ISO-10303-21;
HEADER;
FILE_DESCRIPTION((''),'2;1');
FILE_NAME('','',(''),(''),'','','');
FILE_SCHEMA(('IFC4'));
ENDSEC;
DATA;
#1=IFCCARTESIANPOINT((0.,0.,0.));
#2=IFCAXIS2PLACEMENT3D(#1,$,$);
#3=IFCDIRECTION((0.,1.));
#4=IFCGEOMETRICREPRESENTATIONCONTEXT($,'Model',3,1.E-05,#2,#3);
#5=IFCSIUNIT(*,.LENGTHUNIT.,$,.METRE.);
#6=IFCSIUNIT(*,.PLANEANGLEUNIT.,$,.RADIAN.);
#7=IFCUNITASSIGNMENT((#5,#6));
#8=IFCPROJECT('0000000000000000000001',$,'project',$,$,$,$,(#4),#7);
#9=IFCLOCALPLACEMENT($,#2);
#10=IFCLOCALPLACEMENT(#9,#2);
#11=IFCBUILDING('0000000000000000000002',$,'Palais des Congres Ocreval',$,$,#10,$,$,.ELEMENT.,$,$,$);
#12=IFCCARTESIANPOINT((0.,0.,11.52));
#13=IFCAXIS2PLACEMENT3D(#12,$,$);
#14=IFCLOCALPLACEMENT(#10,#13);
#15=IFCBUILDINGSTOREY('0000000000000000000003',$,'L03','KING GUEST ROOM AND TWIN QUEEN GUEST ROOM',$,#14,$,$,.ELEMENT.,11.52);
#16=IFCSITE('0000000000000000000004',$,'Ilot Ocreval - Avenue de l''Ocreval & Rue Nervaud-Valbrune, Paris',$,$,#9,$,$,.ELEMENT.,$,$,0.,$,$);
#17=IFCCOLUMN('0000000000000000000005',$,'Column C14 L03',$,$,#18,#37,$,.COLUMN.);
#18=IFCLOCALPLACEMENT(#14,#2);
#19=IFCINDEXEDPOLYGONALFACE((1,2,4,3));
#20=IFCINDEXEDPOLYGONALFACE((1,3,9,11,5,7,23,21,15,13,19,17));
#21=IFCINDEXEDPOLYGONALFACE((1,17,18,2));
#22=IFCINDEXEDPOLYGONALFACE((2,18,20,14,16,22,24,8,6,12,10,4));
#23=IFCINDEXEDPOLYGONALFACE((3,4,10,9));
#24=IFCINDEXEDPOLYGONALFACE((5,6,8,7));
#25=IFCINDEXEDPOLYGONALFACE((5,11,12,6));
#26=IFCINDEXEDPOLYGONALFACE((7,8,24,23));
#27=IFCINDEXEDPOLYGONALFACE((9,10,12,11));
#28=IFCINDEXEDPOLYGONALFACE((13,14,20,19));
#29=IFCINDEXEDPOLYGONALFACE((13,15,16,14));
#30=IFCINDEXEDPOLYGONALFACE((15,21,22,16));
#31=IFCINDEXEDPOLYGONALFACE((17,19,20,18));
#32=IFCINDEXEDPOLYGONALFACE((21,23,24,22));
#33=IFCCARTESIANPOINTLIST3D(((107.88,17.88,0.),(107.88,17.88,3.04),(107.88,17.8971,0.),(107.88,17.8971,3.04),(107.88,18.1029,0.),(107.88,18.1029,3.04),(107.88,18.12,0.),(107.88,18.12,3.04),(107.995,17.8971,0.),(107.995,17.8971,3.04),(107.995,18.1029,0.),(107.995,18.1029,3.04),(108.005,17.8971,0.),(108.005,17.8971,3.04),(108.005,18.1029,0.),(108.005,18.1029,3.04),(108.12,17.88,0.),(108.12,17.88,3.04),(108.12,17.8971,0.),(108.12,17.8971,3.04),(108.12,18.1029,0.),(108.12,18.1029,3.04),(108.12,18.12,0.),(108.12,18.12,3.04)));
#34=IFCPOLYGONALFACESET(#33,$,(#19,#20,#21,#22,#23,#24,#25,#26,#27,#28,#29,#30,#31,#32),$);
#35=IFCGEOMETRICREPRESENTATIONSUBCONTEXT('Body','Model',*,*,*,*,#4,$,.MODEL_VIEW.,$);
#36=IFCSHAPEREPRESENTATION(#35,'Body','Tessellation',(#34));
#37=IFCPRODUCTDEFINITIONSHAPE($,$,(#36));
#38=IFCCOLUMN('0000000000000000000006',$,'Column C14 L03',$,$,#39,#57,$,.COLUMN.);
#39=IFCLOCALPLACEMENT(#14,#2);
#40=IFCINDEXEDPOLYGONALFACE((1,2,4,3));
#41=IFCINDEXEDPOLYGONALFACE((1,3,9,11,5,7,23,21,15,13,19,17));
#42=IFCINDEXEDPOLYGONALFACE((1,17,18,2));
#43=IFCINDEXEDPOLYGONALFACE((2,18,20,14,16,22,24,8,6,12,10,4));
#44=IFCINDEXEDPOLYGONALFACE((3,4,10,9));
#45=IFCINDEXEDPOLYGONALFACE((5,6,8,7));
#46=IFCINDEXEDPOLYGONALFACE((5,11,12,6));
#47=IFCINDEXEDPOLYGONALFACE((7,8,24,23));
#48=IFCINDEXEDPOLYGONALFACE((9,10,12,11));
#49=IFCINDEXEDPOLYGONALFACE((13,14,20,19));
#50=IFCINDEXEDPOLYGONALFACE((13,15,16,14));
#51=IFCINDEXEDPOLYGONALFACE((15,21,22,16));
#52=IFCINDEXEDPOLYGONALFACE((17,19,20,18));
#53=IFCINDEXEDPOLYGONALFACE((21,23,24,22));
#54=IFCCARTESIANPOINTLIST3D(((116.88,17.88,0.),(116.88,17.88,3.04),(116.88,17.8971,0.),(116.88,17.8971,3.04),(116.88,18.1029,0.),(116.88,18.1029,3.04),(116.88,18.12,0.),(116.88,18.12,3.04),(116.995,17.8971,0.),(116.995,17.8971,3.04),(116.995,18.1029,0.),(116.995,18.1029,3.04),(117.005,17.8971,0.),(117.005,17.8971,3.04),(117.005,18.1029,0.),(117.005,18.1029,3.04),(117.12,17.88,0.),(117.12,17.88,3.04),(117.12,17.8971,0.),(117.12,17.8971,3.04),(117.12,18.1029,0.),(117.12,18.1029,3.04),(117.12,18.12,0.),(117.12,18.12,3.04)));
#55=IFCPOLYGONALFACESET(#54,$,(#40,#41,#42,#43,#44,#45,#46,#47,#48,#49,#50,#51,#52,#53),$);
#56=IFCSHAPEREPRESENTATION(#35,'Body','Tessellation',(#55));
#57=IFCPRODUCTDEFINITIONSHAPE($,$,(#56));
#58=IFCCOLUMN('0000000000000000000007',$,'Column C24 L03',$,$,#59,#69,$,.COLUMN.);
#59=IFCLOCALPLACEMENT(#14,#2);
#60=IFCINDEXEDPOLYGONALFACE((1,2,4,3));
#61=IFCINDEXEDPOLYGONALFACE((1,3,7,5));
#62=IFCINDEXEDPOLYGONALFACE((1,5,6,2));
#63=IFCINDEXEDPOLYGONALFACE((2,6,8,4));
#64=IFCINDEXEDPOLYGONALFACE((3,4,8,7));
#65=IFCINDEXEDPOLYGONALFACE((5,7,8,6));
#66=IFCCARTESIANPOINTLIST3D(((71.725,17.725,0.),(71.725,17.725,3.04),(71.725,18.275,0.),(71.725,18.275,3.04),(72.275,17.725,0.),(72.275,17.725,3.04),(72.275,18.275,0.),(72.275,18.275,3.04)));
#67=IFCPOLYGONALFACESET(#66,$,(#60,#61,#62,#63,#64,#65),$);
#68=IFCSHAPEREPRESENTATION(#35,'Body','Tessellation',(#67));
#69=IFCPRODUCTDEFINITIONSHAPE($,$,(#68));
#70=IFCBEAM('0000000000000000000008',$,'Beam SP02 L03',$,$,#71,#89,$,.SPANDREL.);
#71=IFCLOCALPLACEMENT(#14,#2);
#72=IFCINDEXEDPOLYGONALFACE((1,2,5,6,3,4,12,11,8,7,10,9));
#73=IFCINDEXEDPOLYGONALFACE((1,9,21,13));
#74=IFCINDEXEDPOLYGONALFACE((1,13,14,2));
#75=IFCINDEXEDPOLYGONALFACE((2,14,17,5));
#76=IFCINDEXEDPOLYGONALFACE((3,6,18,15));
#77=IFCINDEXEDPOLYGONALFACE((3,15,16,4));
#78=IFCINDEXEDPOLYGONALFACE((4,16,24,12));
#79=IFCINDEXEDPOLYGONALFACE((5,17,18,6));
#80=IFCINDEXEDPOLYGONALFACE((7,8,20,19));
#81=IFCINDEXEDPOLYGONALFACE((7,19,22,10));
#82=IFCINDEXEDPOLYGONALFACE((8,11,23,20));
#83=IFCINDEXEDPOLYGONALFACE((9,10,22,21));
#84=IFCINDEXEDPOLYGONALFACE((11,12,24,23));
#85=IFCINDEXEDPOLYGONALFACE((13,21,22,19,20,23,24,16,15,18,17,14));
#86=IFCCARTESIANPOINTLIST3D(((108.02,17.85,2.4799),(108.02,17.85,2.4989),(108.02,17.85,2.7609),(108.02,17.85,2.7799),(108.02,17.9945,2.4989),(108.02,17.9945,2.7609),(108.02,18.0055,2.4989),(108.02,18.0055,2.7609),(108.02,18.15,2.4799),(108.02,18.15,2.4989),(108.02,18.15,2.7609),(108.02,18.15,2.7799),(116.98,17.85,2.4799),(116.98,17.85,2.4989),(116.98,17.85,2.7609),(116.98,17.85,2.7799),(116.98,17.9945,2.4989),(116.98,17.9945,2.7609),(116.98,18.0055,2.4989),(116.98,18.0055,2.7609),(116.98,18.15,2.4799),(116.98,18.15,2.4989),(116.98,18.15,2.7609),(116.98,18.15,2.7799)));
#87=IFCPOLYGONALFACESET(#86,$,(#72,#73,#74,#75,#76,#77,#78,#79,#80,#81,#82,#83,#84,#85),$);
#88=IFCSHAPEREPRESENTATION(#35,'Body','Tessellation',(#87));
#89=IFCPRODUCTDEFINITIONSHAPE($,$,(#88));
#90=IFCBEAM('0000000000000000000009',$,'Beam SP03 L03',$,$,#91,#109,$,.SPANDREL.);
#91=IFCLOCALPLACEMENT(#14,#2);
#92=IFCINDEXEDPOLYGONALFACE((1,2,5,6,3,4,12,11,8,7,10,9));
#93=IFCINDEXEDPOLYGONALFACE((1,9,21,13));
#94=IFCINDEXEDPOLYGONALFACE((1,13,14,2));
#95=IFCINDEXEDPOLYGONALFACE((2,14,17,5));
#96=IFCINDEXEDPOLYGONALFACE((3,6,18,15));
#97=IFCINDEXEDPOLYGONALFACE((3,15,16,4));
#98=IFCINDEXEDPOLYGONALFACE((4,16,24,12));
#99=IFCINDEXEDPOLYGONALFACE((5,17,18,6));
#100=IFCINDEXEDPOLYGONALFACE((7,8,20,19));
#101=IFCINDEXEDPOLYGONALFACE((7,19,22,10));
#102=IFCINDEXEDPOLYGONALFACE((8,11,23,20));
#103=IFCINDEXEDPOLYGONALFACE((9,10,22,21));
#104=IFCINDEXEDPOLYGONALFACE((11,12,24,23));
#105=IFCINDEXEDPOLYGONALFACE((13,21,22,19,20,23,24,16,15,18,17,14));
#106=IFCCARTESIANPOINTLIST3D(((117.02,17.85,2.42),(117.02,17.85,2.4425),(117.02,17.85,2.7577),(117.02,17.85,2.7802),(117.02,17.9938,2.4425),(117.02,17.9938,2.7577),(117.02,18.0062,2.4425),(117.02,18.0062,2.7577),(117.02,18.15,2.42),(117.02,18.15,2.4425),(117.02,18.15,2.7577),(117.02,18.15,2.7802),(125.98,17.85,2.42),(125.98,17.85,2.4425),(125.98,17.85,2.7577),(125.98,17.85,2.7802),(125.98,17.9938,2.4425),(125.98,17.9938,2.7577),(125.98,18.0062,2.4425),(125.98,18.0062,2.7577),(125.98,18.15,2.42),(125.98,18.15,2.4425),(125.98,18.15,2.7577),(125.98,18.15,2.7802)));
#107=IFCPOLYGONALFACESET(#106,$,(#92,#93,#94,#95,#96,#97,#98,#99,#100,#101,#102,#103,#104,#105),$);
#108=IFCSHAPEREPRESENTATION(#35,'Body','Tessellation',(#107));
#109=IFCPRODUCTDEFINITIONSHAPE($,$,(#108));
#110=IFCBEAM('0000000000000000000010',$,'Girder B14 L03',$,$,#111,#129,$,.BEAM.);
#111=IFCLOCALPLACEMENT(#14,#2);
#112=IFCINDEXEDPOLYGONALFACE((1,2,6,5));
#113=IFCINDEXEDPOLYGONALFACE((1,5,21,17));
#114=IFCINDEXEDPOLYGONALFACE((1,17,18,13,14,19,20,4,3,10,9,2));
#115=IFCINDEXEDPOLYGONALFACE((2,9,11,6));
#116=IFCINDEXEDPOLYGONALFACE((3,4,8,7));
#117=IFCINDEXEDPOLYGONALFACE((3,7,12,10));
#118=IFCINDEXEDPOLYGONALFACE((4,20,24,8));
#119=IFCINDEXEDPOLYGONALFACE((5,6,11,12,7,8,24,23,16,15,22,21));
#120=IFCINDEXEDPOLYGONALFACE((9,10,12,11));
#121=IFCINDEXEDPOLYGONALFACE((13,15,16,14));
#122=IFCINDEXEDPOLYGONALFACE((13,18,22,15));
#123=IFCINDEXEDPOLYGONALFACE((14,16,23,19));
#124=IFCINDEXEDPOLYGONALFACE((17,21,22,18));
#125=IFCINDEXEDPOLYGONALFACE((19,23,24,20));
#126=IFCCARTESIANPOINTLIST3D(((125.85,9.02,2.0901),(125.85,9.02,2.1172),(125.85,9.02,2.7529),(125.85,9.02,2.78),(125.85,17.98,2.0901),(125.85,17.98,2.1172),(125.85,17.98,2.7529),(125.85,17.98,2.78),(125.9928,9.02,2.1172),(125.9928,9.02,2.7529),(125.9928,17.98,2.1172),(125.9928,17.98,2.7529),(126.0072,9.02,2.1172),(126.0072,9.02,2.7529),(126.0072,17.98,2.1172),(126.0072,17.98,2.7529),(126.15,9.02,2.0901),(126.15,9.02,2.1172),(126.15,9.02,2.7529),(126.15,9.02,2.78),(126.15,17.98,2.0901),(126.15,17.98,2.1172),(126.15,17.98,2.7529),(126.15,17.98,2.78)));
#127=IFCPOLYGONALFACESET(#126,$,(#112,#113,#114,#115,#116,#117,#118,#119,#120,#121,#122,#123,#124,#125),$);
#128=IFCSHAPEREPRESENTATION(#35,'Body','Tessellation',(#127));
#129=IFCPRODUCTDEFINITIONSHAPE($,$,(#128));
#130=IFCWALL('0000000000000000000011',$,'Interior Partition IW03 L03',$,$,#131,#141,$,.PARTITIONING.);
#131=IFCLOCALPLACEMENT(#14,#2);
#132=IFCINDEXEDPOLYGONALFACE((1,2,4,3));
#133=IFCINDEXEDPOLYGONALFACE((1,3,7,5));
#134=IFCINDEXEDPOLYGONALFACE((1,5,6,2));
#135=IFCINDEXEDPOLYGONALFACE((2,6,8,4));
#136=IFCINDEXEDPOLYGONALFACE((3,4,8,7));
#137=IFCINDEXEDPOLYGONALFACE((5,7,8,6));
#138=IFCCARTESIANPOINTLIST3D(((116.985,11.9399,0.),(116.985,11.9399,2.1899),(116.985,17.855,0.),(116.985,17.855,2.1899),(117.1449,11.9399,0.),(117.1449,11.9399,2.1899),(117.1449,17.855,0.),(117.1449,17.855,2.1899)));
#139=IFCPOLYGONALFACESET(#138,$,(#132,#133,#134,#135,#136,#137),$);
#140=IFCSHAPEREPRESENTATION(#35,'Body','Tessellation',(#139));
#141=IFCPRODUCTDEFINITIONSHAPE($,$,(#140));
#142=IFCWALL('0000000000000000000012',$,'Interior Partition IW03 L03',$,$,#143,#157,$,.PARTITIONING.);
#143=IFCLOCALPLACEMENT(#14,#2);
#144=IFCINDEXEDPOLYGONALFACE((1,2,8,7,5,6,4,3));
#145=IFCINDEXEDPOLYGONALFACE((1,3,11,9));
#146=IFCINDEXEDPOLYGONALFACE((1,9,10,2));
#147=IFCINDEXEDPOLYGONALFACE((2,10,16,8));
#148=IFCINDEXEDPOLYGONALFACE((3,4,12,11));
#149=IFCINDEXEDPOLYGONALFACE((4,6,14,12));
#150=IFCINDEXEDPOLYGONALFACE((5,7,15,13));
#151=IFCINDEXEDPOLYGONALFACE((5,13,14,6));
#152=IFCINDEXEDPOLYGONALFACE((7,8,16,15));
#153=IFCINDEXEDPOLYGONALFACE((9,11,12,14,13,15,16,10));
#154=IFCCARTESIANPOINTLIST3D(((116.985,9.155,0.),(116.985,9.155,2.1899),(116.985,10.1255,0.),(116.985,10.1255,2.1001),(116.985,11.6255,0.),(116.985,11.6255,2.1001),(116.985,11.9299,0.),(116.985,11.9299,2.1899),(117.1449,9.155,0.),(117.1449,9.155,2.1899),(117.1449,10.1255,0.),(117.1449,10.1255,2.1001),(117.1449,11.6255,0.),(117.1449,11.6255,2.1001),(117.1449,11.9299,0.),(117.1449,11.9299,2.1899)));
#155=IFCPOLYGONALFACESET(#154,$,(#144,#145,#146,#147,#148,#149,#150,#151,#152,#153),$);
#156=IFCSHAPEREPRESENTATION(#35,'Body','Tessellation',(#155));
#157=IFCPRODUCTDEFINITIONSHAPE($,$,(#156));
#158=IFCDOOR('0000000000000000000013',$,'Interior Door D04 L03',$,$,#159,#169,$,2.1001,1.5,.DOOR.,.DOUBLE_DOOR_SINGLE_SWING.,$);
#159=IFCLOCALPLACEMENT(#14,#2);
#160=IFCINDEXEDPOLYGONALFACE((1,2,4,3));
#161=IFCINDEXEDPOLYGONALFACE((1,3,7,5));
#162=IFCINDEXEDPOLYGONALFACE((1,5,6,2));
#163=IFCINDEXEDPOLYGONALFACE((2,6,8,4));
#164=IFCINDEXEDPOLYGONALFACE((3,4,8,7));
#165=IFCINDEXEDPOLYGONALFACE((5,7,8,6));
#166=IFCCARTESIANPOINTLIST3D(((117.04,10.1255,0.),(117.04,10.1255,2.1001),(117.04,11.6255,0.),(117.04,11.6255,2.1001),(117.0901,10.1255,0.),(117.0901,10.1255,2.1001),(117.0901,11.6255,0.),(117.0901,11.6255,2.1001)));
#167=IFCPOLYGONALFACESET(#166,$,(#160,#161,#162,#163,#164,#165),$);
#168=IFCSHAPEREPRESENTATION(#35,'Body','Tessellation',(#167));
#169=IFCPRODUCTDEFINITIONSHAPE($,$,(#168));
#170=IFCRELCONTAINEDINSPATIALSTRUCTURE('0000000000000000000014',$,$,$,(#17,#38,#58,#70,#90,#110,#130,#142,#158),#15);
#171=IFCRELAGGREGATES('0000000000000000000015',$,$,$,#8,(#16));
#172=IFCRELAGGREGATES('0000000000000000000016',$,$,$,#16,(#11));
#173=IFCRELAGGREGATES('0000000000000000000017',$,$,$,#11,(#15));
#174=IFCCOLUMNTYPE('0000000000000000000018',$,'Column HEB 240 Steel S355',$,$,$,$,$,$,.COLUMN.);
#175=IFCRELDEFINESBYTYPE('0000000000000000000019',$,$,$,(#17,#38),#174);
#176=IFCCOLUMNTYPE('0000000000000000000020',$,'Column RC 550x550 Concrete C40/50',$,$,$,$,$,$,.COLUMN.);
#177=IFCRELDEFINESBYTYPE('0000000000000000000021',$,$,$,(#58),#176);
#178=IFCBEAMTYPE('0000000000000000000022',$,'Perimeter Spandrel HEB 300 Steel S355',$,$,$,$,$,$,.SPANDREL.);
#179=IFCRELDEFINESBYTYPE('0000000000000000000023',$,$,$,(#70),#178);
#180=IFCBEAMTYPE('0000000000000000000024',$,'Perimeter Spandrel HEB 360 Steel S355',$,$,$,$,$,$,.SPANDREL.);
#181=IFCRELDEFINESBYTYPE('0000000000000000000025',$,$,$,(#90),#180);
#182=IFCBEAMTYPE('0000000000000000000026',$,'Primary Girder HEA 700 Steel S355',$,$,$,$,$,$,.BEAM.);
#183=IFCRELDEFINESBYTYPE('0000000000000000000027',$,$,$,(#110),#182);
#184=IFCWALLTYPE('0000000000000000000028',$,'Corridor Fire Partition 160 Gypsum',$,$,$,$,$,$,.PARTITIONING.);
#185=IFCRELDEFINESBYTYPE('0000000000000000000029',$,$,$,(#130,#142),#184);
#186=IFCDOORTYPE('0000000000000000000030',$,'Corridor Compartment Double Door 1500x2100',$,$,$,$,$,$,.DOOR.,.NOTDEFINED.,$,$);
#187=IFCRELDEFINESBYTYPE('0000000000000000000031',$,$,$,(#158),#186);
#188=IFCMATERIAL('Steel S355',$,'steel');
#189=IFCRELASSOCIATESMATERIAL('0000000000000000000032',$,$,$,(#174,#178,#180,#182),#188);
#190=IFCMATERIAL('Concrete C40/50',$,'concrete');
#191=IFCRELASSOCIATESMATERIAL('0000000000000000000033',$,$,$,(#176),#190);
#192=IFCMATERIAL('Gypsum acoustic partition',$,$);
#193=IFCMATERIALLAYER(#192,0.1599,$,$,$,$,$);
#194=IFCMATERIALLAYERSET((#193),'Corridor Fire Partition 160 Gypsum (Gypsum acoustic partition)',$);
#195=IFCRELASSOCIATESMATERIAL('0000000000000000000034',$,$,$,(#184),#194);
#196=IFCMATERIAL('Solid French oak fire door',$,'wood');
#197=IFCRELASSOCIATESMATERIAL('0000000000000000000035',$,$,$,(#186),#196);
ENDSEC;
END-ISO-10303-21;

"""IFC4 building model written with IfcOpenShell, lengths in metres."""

from ifc_helpers import new_model, si_unit, direction, frame, frame_2d, origin, origin_2d, place, context, subcontext, project, spatial, rectangle, i_section, extrude, material, layer, layer_set, material_profile, profile_set, type_object, element, fill, save


model = new_model("IFC4")

# Units and contexts
model_context = context("Model", 3, precision=1e-05, world=origin(), true_north=direction((0.0, 1.0)))
body_context = subcontext(model_context, "Body", "Model", "MODEL_VIEW")
ifc_project = project(units=[si_unit("LENGTHUNIT", "METRE"), si_unit("PLANEANGLEUNIT", "RADIAN")], contexts=[model_context])

# Site, building, storey
site_placement = place(None, origin())
site = spatial("IfcSite", under=ifc_project, at=site_placement, Name="Ilot Ocreval - Avenue de l'Ocreval & Rue Nervaud-Valbrune, Paris", CompositionType="ELEMENT", RefElevation=0.0)
building_placement = place(site_placement, origin())
building = spatial("IfcBuilding", under=site, at=building_placement, Name="Palais des Congres Ocreval", CompositionType="ELEMENT")
storey_placement = place(building_placement, frame((0.0, 0.0, 11.52)))
storey = spatial("IfcBuildingStorey", under=building, at=storey_placement, Name="L03", Description="KING GUEST ROOM AND TWIN QUEEN GUEST ROOM", CompositionType="ELEMENT", Elevation=11.52)

# Columns
ifc_material_1 = material(Name="Steel S355", Category="steel")
ifc_material_profile_1 = material_profile(ifc_material_1, i_section(OverallWidth=0.24, OverallDepth=0.24, WebThickness=0.01, FlangeThickness=0.0171, at=origin_2d()), Name="HEB 240")
ifc_profile_set_1 = profile_set([ifc_material_profile_1], Name="Steel S355")
column_type_1 = type_object("IfcColumnType", Name="Column HEB 240 Steel S355", PredefinedType="COLUMN", material=ifc_profile_set_1)
for number, where, z_axis, x_axis, name in (
    (1, (108.0, 18.0, 0.0), (0.0, 0.0, 1.0), (1.0, 0.0, 0.0), "Column C14 L03"),
    (2, (117.0, 18.0, 0.0), (0.0, 0.0, 1.0), (1.0, 0.0, 0.0), "Column C14 L03"),
):
    element("IfcColumn", number, at=place(storey_placement, frame(where, z_axis=z_axis, x_axis=x_axis)), inside=storey, type_object=column_type_1, Name=name, PredefinedType="COLUMN", context=body_context, shape_type="SweptSolid", body=[
        extrude(i_section(OverallWidth=0.24, OverallDepth=0.24, WebThickness=0.01, FlangeThickness=0.0171, at=origin_2d()), origin(), (0.0, 0.0, 1.0), 3.04),
    ])
ifc_material_2 = material(Name="Concrete C40/50", Category="concrete")
ifc_material_profile_2 = material_profile(ifc_material_2, rectangle(XDim=0.55, YDim=0.55, at=origin_2d()), Name="RC 550x550")
ifc_profile_set_2 = profile_set([ifc_material_profile_2], Name="Concrete C40/50")
column_type_2 = type_object("IfcColumnType", Name="Column RC 550x550 Concrete C40/50", PredefinedType="COLUMN", material=ifc_profile_set_2)
column_placement = place(storey_placement, frame((72.0, 18.0, 0.0), z_axis=(0.0, 0.0, 1.0), x_axis=(1.0, 0.0, 0.0)))
element("IfcColumn", 3, at=column_placement, inside=storey, type_object=column_type_2, Name="Column C24 L03", PredefinedType="COLUMN", context=body_context, shape_type="SweptSolid", body=[
    extrude(rectangle(XDim=0.55, YDim=0.55, at=origin_2d()), origin(), (0.0, 0.0, 1.0), 3.04),
])

# Beams
ifc_material_profile_3 = material_profile(ifc_material_1, i_section(OverallWidth=0.3, OverallDepth=0.3, WebThickness=0.011, FlangeThickness=0.019, at=origin_2d()), Name="HEB 300")
ifc_profile_set_3 = profile_set([ifc_material_profile_3], Name="Steel S355")
beam_type_1 = type_object("IfcBeamType", Name="Perimeter Spandrel HEB 300 Steel S355", PredefinedType="SPANDREL", material=ifc_profile_set_3)
beam_1_placement = place(storey_placement, frame((108.02, 18.0, 2.6299), z_axis=(1.0, 0.0, 0.0), x_axis=(0.0, 1.0, 0.0)))
element("IfcBeam", 4, at=beam_1_placement, inside=storey, type_object=beam_type_1, Name="Beam SP02 L03", PredefinedType="SPANDREL", context=body_context, shape_type="SweptSolid", body=[
    extrude(i_section(OverallWidth=0.3, OverallDepth=0.3, WebThickness=0.011, FlangeThickness=0.019, at=origin_2d()), origin(), (0.0, 0.0, 1.0), 8.96),
])
ifc_material_profile_4 = material_profile(ifc_material_1, i_section(OverallWidth=0.3, OverallDepth=0.3601, WebThickness=0.0125, FlangeThickness=0.0225, at=origin_2d()), Name="HEB 360")
ifc_profile_set_4 = profile_set([ifc_material_profile_4], Name="Steel S355")
beam_type_2 = type_object("IfcBeamType", Name="Perimeter Spandrel HEB 360 Steel S355", PredefinedType="SPANDREL", material=ifc_profile_set_4)
beam_2_placement = place(storey_placement, frame((117.02, 18.0, 2.6001), z_axis=(1.0, 0.0, 0.0), x_axis=(0.0, 1.0, 0.0)))
element("IfcBeam", 5, at=beam_2_placement, inside=storey, type_object=beam_type_2, Name="Beam SP03 L03", PredefinedType="SPANDREL", context=body_context, shape_type="SweptSolid", body=[
    extrude(i_section(OverallWidth=0.3, OverallDepth=0.3601, WebThickness=0.0125, FlangeThickness=0.0225, at=origin_2d()), origin(), (0.0, 0.0, 1.0), 8.96),
])
ifc_material_profile_5 = material_profile(ifc_material_1, i_section(OverallWidth=0.3, OverallDepth=0.6899, WebThickness=0.0144, FlangeThickness=0.0271, at=origin_2d()), Name="HEA 700")
ifc_profile_set_5 = profile_set([ifc_material_profile_5], Name="Steel S355")
beam_type_3 = type_object("IfcBeamType", Name="Primary Girder HEA 700 Steel S355", PredefinedType="BEAM", material=ifc_profile_set_5)
beam_3_placement = place(storey_placement, frame((126.0, 9.02, 2.4351), z_axis=(0.0, 1.0, 0.0), x_axis=(-1.0, 0.0, 0.0)))
element("IfcBeam", 6, at=beam_3_placement, inside=storey, type_object=beam_type_3, Name="Girder B14 L03", PredefinedType="BEAM", context=body_context, shape_type="SweptSolid", body=[
    extrude(i_section(OverallWidth=0.3, OverallDepth=0.6899, WebThickness=0.0144, FlangeThickness=0.0271, at=origin_2d()), origin(), (0.0, 0.0, 1.0), 8.96),
])

# Wall
ifc_material_3 = material(Name="Gypsum acoustic partition")
ifc_layer_1 = layer(ifc_material_3, 0.1599)
ifc_layer_set_1 = layer_set([ifc_layer_1], Name="Corridor Fire Partition 160 Gypsum (Gypsum acoustic partition)")
wall_type_1 = type_object("IfcWallType", Name="Corridor Fire Partition 160 Gypsum", PredefinedType="PARTITIONING", material=ifc_layer_set_1)
wall_1_placement = place(storey_placement, frame((117.0649, 11.9399, 0.0), z_axis=(0.0, 0.0, 1.0), x_axis=(0.0, 1.0, 0.0)))
element("IfcWall", 7, at=wall_1_placement, inside=storey, type_object=wall_type_1, Name="Interior Partition IW03 L03", PredefinedType="PARTITIONING", context=body_context, shape_type="SweptSolid", body=[
    extrude(rectangle(XDim=5.915, YDim=0.1599, at=frame_2d((2.9575, 0.0))), origin(), (0.0, 0.0, 1.0), 2.1899),
])

# Wall, opening, door
wall_2_placement = place(storey_placement, frame((117.0649, 9.155, 0.0), z_axis=(0.0, 0.0, 1.0), x_axis=(0.0, 1.0, 0.0)))
wall_2 = element("IfcWall", 8, at=wall_2_placement, inside=storey, type_object=wall_type_1, Name="Interior Partition IW03 L03", PredefinedType="PARTITIONING", context=body_context, shape_type="SweptSolid", body=[
    extrude(rectangle(XDim=2.7749, YDim=0.1599, at=frame_2d((1.3875, 0.0))), origin(), (0.0, 0.0, 1.0), 2.1899),
])
opening_1_placement = place(wall_2_placement, frame((0.9705, 0.0, 0.0)))
opening_1 = element("IfcOpeningElement", 9, at=opening_1_placement, cuts=wall_2, PredefinedType="OPENING", context=body_context, shape_type="SweptSolid", body=[
    extrude(rectangle(XDim=1.5, YDim=2.1001, at=frame_2d((0.75, 1.05))), frame((0.0, 0.0898, 0.0), z_axis=(0.0, -1.0, 0.0), x_axis=(1.0, 0.0, 0.0)), (0.0, 0.0, 1.0), 0.1799),
])
ifc_material_4 = material(Name="Solid French oak fire door", Category="wood")
door_type_1 = type_object("IfcDoorType", Name="Corridor Compartment Double Door 1500x2100", OperationType="NOTDEFINED", PredefinedType="DOOR", material=ifc_material_4)
door_1_placement = place(opening_1_placement, origin())
door_1 = element("IfcDoor", 10, at=door_1_placement, inside=storey, type_object=door_type_1, Name="Interior Door D04 L03", OperationType="DOUBLE_DOOR_SINGLE_SWING", OverallHeight=2.1001, OverallWidth=1.5, PredefinedType="DOOR", context=body_context, shape_type="SweptSolid", body=[
    extrude(rectangle(XDim=1.5, YDim=2.1001, at=frame_2d((0.75, 1.05))), frame((0.0, 0.0249, 0.0), z_axis=(0.0, -1.0, 0.0), x_axis=(1.0, 0.0, 0.0)), (0.0, 0.0, 1.0), 0.05),
])
fill(opening_1, door_1)

save(model, "model.ifc")
